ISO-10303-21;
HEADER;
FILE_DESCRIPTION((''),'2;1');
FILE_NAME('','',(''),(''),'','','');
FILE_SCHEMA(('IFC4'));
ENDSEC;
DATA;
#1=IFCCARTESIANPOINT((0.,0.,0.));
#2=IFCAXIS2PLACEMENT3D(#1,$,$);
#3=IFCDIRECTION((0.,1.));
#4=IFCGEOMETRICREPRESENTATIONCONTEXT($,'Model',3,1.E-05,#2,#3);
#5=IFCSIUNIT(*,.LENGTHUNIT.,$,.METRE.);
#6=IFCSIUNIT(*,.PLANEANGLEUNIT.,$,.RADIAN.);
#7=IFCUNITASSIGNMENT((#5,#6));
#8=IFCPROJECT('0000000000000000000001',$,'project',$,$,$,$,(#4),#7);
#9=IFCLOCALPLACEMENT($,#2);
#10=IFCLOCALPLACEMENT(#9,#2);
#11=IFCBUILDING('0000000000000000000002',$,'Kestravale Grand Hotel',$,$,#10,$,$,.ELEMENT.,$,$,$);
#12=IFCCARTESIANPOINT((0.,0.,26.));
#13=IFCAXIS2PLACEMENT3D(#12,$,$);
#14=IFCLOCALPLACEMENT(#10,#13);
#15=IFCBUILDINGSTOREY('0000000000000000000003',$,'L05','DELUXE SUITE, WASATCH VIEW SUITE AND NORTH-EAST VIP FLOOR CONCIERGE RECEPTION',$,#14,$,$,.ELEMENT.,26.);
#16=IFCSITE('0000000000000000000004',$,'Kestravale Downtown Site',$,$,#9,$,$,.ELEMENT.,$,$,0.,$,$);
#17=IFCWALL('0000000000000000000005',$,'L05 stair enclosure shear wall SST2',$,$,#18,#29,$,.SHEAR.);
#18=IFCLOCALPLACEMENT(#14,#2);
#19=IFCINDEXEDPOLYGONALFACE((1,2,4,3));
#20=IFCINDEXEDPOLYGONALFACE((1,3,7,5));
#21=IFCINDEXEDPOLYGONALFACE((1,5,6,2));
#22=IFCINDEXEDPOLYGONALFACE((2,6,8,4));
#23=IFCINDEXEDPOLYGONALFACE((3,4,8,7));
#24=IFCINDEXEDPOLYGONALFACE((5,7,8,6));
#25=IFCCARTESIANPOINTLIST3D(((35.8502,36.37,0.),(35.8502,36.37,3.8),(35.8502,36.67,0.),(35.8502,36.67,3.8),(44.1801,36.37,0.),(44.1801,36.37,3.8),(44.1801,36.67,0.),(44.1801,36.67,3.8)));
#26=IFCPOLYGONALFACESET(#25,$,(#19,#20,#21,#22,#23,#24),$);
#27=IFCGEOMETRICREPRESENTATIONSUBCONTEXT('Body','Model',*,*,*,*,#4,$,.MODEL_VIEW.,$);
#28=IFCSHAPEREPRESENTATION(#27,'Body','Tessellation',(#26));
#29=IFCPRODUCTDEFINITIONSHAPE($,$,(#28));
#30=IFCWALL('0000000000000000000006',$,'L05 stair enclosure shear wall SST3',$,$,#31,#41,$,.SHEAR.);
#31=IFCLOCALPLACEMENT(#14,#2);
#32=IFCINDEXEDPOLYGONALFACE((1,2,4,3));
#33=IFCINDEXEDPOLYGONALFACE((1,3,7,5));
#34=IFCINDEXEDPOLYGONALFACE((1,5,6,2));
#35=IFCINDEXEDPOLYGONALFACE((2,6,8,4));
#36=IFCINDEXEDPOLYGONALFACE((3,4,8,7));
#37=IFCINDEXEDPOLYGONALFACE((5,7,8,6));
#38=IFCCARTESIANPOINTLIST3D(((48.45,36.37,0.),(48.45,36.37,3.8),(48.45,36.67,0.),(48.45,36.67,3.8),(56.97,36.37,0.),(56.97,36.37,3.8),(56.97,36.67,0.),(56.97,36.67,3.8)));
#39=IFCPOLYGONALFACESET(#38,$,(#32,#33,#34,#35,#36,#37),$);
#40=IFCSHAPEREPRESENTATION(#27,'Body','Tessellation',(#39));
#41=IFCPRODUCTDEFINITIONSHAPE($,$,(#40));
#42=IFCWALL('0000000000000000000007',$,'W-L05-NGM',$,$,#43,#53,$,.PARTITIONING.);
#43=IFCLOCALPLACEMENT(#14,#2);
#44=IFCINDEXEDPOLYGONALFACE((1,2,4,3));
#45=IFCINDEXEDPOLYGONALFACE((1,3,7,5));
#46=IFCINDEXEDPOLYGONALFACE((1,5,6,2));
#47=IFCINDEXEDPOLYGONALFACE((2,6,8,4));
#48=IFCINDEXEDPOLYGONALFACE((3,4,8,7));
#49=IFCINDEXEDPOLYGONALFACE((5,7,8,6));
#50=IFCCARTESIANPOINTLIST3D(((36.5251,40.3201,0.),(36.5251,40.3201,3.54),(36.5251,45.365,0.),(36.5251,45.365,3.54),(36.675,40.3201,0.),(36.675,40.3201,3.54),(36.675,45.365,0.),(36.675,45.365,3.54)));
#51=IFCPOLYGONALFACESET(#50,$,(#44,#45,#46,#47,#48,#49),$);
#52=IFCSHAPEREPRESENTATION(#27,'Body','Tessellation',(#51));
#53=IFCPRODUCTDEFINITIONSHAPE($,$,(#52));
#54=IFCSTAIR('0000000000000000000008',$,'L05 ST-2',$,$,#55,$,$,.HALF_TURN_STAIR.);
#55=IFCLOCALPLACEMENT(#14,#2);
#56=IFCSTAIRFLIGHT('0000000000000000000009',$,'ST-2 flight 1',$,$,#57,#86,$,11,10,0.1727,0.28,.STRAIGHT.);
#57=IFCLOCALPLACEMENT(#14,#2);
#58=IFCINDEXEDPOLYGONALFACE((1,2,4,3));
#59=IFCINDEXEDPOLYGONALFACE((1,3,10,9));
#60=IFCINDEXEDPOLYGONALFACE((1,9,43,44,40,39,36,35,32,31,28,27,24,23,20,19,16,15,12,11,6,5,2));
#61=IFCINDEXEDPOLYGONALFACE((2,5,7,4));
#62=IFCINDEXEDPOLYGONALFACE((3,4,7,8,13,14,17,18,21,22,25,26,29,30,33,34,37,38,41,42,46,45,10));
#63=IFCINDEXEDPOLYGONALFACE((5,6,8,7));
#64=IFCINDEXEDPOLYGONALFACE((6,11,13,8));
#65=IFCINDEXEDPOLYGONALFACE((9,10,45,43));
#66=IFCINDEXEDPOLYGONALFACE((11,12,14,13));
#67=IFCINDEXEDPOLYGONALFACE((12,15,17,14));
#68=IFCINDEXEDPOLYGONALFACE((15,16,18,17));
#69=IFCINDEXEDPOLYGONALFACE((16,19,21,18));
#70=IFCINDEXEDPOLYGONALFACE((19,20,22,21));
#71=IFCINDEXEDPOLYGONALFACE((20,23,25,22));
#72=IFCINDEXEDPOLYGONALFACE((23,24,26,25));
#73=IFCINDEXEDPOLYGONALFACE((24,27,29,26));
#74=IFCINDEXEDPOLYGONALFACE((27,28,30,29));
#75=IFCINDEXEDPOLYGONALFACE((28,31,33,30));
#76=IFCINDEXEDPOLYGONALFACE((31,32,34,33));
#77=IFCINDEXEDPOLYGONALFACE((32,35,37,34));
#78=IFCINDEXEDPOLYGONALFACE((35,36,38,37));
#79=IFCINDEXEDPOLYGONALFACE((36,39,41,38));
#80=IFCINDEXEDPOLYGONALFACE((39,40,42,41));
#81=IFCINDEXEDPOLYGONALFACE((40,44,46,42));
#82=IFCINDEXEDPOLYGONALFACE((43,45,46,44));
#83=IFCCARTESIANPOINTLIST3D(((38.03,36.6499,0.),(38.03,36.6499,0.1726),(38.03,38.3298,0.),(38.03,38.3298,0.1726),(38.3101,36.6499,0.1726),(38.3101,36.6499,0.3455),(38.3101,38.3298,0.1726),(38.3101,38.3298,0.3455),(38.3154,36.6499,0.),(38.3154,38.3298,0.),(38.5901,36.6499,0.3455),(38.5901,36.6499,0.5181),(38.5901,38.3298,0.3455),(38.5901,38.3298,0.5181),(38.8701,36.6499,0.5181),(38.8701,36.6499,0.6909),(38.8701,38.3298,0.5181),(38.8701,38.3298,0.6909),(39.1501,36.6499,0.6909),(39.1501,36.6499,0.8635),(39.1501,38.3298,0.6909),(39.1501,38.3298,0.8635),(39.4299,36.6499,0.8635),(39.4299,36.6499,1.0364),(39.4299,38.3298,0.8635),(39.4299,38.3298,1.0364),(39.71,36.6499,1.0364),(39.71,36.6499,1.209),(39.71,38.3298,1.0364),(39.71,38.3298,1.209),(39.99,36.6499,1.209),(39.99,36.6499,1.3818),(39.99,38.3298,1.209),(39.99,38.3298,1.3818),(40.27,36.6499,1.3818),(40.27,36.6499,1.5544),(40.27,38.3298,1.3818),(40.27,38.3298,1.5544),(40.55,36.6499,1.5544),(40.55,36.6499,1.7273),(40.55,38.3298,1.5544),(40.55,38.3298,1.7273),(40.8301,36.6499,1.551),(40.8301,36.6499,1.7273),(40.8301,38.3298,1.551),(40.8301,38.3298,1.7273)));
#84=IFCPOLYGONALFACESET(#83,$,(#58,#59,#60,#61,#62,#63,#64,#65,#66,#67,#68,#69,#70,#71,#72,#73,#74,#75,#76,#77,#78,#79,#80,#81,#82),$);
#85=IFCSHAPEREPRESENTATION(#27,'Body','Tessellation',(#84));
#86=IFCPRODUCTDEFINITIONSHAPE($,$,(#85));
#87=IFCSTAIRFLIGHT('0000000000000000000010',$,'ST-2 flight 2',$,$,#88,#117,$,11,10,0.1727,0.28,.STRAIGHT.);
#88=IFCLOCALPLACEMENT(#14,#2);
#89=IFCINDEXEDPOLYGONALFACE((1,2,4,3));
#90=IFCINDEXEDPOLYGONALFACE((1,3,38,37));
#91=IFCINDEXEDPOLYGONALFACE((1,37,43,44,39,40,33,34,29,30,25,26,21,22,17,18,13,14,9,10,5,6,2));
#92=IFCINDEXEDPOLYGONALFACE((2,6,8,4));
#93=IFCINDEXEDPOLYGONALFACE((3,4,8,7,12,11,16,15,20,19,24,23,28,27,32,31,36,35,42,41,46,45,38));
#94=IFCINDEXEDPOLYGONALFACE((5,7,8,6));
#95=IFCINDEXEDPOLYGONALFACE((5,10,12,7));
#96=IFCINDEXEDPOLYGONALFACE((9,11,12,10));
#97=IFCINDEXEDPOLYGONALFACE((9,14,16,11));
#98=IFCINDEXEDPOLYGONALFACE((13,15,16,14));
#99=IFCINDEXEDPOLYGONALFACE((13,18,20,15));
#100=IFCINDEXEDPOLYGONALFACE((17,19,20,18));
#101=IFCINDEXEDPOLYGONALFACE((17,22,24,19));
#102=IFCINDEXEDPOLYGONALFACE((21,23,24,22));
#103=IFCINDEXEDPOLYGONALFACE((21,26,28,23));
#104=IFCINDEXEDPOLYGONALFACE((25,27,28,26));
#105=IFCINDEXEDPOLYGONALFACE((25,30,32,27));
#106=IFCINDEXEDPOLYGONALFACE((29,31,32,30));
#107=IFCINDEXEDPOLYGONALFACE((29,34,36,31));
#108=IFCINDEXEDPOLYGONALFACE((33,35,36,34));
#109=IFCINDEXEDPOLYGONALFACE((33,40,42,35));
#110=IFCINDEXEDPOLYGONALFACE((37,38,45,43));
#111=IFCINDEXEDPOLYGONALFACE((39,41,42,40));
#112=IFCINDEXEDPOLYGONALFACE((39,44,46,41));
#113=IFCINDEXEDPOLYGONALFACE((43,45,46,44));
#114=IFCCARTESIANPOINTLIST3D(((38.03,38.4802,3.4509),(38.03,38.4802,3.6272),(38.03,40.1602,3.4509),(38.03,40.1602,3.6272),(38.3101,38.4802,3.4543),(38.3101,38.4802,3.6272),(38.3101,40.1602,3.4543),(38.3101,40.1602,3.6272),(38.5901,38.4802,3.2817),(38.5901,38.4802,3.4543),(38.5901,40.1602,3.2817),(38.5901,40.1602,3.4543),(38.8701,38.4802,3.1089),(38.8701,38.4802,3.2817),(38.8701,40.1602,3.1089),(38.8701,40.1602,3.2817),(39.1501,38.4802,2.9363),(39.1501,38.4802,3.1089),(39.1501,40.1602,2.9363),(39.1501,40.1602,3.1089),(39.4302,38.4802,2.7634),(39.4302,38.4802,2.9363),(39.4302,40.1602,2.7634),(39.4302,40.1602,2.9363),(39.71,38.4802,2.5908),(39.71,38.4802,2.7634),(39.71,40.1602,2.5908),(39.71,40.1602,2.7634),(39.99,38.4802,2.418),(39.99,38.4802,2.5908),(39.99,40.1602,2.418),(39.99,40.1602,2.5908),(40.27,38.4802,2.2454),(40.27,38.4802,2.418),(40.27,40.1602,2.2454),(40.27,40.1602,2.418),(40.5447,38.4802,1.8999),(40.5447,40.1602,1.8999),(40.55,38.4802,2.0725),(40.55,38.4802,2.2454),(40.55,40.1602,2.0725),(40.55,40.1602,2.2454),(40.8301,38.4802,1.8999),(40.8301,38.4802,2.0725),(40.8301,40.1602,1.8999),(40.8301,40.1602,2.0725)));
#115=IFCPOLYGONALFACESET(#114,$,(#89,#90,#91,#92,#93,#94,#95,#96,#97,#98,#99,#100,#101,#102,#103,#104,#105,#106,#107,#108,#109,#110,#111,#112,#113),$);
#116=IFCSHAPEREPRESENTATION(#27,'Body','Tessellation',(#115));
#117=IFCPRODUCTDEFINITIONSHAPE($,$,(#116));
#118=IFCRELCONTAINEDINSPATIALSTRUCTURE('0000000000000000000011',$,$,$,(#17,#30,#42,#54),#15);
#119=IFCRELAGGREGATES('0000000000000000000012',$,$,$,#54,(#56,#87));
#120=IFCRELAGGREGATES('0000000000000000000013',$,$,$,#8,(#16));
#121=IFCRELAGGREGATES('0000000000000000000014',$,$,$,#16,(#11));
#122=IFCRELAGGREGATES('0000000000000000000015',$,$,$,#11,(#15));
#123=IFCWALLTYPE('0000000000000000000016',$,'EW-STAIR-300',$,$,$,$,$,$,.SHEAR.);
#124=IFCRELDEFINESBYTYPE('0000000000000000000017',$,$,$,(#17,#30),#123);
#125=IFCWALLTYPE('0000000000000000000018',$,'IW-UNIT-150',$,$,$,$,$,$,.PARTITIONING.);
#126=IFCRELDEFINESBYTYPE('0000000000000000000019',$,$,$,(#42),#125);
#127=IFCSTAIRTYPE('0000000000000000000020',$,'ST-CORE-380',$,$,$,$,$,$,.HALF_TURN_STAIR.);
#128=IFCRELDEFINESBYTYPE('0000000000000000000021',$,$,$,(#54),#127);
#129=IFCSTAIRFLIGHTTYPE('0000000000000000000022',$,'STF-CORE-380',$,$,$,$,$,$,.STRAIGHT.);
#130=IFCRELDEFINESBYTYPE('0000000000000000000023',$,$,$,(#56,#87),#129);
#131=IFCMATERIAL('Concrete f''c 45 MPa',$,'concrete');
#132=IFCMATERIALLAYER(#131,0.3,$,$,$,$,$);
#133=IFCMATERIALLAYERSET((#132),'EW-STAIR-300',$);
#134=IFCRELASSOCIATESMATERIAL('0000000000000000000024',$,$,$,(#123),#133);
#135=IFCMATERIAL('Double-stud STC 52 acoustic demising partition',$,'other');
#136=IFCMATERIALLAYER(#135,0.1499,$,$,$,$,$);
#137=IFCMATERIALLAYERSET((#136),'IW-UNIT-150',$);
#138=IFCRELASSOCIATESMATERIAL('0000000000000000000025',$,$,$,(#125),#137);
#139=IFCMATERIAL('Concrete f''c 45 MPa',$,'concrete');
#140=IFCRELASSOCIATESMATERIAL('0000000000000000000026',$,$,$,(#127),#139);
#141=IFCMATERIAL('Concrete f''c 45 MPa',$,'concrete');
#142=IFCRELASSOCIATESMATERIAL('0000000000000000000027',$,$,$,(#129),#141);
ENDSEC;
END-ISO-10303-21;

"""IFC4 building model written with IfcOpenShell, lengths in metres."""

from ifc_helpers import new_model, si_unit, direction, frame, frame_2d, origin, place, context, subcontext, project, spatial, polyline, rectangle, outline, extrude, material, layer, layer_set, type_object, element, aggregate, save


model = new_model("IFC4")

# Units and contexts
model_context = context("Model", 3, precision=1e-05, world=origin(), true_north=direction((0.0, 1.0)))
body_context = subcontext(model_context, "Body", "Model", "MODEL_VIEW")
ifc_project = project(units=[si_unit("LENGTHUNIT", "METRE"), si_unit("PLANEANGLEUNIT", "RADIAN")], contexts=[model_context])

# Site, building, storey
site_placement = place(None, origin())
site = spatial("IfcSite", under=ifc_project, at=site_placement, Name="Kestravale Downtown Site", CompositionType="ELEMENT", RefElevation=0.0)
building_placement = place(site_placement, origin())
building = spatial("IfcBuilding", under=site, at=building_placement, Name="Kestravale Grand Hotel", CompositionType="ELEMENT")
storey_placement = place(building_placement, frame((0.0, 0.0, 26.0)))
storey = spatial("IfcBuildingStorey", under=building, at=storey_placement, Name="L05", Description="DELUXE SUITE, WASATCH VIEW SUITE AND NORTH-EAST VIP FLOOR CONCIERGE RECEPTION", CompositionType="ELEMENT", Elevation=26.0)

# Walls
ifc_material_1 = material(Name="Concrete f'c 45 MPa", Category="concrete")
ifc_layer_1 = layer(ifc_material_1, 0.3)
ifc_layer_set_1 = layer_set([ifc_layer_1], Name="EW-STAIR-300")
wall_type_1 = type_object("IfcWallType", Name="EW-STAIR-300", PredefinedType="SHEAR", material=ifc_layer_set_1)
wall_1_placement = place(storey_placement, frame((35.8501, 36.52, 0.0), z_axis=(0.0, 0.0, 1.0), x_axis=(1.0, 0.0, 0.0)))
element("IfcWall", 1, at=wall_1_placement, inside=storey, type_object=wall_type_1, Name="L05 stair enclosure shear wall SST2", PredefinedType="SHEAR", context=body_context, shape_type="SweptSolid", body=[
    extrude(rectangle(XDim=8.3298, YDim=0.3, at=frame_2d((4.165, 0.0))), origin(), (0.0, 0.0, 1.0), 3.8),
])
wall_2_placement = place(storey_placement, frame((48.45, 36.52, 0.0), z_axis=(0.0, 0.0, 1.0), x_axis=(1.0, 0.0, 0.0)))
element("IfcWall", 2, at=wall_2_placement, inside=storey, type_object=wall_type_1, Name="L05 stair enclosure shear wall SST3", PredefinedType="SHEAR", context=body_context, shape_type="SweptSolid", body=[
    extrude(rectangle(XDim=8.52, YDim=0.3, at=frame_2d((4.26, 0.0))), origin(), (0.0, 0.0, 1.0), 3.8),
])
ifc_material_2 = material(Name="Double-stud STC 52 acoustic demising partition", Category="other")
ifc_layer_2 = layer(ifc_material_2, 0.1499)
ifc_layer_set_2 = layer_set([ifc_layer_2], Name="IW-UNIT-150")
wall_type_2 = type_object("IfcWallType", Name="IW-UNIT-150", PredefinedType="PARTITIONING", material=ifc_layer_set_2)
wall_3_placement = place(storey_placement, frame((36.6001, 40.3201, 0.0), z_axis=(0.0, 0.0, 1.0), x_axis=(0.0, 1.0, 0.0)))
element("IfcWall", 3, at=wall_3_placement, inside=storey, type_object=wall_type_2, Name="W-L05-NGM", PredefinedType="PARTITIONING", context=body_context, shape_type="SweptSolid", body=[
    extrude(rectangle(XDim=5.0449, YDim=0.1499, at=frame_2d((2.5225, 0.0))), origin(), (0.0, 0.0, 1.0), 3.54),
])

# Stair, stair flights
ifc_material_3 = material(Name="Concrete f'c 45 MPa", Category="concrete")
stair_type = type_object("IfcStairType", Name="ST-CORE-380", PredefinedType="HALF_TURN_STAIR", material=ifc_material_3)
stair_placement = place(storey_placement, origin())
stair = element("IfcStair", 4, at=stair_placement, inside=storey, type_object=stair_type, Name="L05 ST-2", PredefinedType="HALF_TURN_STAIR")
ifc_material_4 = material(Name="Concrete f'c 45 MPa", Category="concrete")
stair_flight_type = type_object("IfcStairFlightType", Name="STF-CORE-380", PredefinedType="STRAIGHT", material=ifc_material_4)
stair_flight_1_placement = place(storey_placement, frame((38.03, 37.49, 0.0), z_axis=(0.0, 0.0, 1.0), x_axis=(1.0, 0.0, 0.0)))
stair_flight_1 = element("IfcStairFlight", 5, at=stair_flight_1_placement, type_object=stair_flight_type, Name="ST-2 flight 1", NumberOfRisers=11, NumberOfTreads=10, PredefinedType="STRAIGHT", RiserHeight=0.1727, TreadLength=0.28, context=body_context, shape_type="SweptSolid", body=[
    extrude(outline(polyline([(0.0, 0.0), (0.0, 0.1726), (0.28, 0.1726), (0.28, 0.3455), (0.5601, 0.3455), (0.5601, 0.5181), (0.8401, 0.5181), (0.8401, 0.6909), (1.1201, 0.6909), (1.1201, 0.8635), (1.3999, 0.8635), (1.3999, 1.0364), (1.6799, 1.0364), (1.6799, 1.209), (1.96, 1.209), (1.96, 1.3818), (2.24, 1.3818), (2.24, 1.5544), (2.52, 1.5544), (2.52, 1.7273), (2.8, 1.7273), (2.8, 1.8999), (2.8, 1.551), (0.2854, 0.0), (0.0, 0.0)])), frame((0.0, 0.8398, 0.0), z_axis=(0.0, -1.0, 0.0), x_axis=(1.0, 0.0, 0.0)), (0.0, 0.0, 1.0), 1.6799),
])
stair_flight_2_placement = place(storey_placement, frame((40.8301, 39.3201, 1.8999), z_axis=(0.0, 0.0, 1.0), x_axis=(-1.0, 0.0, 0.0)))
stair_flight_2 = element("IfcStairFlight", 6, at=stair_flight_2_placement, type_object=stair_flight_type, Name="ST-2 flight 2", NumberOfRisers=11, NumberOfTreads=10, PredefinedType="STRAIGHT", RiserHeight=0.1727, TreadLength=0.28, context=body_context, shape_type="SweptSolid", body=[
    extrude(outline(polyline([(0.0, 0.0), (0.0, 0.1726), (0.28, 0.1726), (0.28, 0.3455), (0.5601, 0.3455), (0.5601, 0.5181), (0.8401, 0.5181), (0.8401, 0.6909), (1.1201, 0.6909), (1.1201, 0.8635), (1.3999, 0.8635), (1.3999, 1.0364), (1.6799, 1.0364), (1.6799, 1.209), (1.96, 1.209), (1.96, 1.3818), (2.24, 1.3818), (2.24, 1.5544), (2.52, 1.5544), (2.52, 1.7273), (2.8, 1.7273), (2.8, 1.8999), (2.8, 1.551), (0.2854, 0.0), (0.0, 0.0)])), frame((0.0, 0.8398, 0.0), z_axis=(0.0, -1.0, 0.0), x_axis=(1.0, 0.0, 0.0)), (0.0, 0.0, 1.0), 1.6799),
])
aggregate(stair, [stair_flight_1, stair_flight_2])

save(model, "model.ifc")
